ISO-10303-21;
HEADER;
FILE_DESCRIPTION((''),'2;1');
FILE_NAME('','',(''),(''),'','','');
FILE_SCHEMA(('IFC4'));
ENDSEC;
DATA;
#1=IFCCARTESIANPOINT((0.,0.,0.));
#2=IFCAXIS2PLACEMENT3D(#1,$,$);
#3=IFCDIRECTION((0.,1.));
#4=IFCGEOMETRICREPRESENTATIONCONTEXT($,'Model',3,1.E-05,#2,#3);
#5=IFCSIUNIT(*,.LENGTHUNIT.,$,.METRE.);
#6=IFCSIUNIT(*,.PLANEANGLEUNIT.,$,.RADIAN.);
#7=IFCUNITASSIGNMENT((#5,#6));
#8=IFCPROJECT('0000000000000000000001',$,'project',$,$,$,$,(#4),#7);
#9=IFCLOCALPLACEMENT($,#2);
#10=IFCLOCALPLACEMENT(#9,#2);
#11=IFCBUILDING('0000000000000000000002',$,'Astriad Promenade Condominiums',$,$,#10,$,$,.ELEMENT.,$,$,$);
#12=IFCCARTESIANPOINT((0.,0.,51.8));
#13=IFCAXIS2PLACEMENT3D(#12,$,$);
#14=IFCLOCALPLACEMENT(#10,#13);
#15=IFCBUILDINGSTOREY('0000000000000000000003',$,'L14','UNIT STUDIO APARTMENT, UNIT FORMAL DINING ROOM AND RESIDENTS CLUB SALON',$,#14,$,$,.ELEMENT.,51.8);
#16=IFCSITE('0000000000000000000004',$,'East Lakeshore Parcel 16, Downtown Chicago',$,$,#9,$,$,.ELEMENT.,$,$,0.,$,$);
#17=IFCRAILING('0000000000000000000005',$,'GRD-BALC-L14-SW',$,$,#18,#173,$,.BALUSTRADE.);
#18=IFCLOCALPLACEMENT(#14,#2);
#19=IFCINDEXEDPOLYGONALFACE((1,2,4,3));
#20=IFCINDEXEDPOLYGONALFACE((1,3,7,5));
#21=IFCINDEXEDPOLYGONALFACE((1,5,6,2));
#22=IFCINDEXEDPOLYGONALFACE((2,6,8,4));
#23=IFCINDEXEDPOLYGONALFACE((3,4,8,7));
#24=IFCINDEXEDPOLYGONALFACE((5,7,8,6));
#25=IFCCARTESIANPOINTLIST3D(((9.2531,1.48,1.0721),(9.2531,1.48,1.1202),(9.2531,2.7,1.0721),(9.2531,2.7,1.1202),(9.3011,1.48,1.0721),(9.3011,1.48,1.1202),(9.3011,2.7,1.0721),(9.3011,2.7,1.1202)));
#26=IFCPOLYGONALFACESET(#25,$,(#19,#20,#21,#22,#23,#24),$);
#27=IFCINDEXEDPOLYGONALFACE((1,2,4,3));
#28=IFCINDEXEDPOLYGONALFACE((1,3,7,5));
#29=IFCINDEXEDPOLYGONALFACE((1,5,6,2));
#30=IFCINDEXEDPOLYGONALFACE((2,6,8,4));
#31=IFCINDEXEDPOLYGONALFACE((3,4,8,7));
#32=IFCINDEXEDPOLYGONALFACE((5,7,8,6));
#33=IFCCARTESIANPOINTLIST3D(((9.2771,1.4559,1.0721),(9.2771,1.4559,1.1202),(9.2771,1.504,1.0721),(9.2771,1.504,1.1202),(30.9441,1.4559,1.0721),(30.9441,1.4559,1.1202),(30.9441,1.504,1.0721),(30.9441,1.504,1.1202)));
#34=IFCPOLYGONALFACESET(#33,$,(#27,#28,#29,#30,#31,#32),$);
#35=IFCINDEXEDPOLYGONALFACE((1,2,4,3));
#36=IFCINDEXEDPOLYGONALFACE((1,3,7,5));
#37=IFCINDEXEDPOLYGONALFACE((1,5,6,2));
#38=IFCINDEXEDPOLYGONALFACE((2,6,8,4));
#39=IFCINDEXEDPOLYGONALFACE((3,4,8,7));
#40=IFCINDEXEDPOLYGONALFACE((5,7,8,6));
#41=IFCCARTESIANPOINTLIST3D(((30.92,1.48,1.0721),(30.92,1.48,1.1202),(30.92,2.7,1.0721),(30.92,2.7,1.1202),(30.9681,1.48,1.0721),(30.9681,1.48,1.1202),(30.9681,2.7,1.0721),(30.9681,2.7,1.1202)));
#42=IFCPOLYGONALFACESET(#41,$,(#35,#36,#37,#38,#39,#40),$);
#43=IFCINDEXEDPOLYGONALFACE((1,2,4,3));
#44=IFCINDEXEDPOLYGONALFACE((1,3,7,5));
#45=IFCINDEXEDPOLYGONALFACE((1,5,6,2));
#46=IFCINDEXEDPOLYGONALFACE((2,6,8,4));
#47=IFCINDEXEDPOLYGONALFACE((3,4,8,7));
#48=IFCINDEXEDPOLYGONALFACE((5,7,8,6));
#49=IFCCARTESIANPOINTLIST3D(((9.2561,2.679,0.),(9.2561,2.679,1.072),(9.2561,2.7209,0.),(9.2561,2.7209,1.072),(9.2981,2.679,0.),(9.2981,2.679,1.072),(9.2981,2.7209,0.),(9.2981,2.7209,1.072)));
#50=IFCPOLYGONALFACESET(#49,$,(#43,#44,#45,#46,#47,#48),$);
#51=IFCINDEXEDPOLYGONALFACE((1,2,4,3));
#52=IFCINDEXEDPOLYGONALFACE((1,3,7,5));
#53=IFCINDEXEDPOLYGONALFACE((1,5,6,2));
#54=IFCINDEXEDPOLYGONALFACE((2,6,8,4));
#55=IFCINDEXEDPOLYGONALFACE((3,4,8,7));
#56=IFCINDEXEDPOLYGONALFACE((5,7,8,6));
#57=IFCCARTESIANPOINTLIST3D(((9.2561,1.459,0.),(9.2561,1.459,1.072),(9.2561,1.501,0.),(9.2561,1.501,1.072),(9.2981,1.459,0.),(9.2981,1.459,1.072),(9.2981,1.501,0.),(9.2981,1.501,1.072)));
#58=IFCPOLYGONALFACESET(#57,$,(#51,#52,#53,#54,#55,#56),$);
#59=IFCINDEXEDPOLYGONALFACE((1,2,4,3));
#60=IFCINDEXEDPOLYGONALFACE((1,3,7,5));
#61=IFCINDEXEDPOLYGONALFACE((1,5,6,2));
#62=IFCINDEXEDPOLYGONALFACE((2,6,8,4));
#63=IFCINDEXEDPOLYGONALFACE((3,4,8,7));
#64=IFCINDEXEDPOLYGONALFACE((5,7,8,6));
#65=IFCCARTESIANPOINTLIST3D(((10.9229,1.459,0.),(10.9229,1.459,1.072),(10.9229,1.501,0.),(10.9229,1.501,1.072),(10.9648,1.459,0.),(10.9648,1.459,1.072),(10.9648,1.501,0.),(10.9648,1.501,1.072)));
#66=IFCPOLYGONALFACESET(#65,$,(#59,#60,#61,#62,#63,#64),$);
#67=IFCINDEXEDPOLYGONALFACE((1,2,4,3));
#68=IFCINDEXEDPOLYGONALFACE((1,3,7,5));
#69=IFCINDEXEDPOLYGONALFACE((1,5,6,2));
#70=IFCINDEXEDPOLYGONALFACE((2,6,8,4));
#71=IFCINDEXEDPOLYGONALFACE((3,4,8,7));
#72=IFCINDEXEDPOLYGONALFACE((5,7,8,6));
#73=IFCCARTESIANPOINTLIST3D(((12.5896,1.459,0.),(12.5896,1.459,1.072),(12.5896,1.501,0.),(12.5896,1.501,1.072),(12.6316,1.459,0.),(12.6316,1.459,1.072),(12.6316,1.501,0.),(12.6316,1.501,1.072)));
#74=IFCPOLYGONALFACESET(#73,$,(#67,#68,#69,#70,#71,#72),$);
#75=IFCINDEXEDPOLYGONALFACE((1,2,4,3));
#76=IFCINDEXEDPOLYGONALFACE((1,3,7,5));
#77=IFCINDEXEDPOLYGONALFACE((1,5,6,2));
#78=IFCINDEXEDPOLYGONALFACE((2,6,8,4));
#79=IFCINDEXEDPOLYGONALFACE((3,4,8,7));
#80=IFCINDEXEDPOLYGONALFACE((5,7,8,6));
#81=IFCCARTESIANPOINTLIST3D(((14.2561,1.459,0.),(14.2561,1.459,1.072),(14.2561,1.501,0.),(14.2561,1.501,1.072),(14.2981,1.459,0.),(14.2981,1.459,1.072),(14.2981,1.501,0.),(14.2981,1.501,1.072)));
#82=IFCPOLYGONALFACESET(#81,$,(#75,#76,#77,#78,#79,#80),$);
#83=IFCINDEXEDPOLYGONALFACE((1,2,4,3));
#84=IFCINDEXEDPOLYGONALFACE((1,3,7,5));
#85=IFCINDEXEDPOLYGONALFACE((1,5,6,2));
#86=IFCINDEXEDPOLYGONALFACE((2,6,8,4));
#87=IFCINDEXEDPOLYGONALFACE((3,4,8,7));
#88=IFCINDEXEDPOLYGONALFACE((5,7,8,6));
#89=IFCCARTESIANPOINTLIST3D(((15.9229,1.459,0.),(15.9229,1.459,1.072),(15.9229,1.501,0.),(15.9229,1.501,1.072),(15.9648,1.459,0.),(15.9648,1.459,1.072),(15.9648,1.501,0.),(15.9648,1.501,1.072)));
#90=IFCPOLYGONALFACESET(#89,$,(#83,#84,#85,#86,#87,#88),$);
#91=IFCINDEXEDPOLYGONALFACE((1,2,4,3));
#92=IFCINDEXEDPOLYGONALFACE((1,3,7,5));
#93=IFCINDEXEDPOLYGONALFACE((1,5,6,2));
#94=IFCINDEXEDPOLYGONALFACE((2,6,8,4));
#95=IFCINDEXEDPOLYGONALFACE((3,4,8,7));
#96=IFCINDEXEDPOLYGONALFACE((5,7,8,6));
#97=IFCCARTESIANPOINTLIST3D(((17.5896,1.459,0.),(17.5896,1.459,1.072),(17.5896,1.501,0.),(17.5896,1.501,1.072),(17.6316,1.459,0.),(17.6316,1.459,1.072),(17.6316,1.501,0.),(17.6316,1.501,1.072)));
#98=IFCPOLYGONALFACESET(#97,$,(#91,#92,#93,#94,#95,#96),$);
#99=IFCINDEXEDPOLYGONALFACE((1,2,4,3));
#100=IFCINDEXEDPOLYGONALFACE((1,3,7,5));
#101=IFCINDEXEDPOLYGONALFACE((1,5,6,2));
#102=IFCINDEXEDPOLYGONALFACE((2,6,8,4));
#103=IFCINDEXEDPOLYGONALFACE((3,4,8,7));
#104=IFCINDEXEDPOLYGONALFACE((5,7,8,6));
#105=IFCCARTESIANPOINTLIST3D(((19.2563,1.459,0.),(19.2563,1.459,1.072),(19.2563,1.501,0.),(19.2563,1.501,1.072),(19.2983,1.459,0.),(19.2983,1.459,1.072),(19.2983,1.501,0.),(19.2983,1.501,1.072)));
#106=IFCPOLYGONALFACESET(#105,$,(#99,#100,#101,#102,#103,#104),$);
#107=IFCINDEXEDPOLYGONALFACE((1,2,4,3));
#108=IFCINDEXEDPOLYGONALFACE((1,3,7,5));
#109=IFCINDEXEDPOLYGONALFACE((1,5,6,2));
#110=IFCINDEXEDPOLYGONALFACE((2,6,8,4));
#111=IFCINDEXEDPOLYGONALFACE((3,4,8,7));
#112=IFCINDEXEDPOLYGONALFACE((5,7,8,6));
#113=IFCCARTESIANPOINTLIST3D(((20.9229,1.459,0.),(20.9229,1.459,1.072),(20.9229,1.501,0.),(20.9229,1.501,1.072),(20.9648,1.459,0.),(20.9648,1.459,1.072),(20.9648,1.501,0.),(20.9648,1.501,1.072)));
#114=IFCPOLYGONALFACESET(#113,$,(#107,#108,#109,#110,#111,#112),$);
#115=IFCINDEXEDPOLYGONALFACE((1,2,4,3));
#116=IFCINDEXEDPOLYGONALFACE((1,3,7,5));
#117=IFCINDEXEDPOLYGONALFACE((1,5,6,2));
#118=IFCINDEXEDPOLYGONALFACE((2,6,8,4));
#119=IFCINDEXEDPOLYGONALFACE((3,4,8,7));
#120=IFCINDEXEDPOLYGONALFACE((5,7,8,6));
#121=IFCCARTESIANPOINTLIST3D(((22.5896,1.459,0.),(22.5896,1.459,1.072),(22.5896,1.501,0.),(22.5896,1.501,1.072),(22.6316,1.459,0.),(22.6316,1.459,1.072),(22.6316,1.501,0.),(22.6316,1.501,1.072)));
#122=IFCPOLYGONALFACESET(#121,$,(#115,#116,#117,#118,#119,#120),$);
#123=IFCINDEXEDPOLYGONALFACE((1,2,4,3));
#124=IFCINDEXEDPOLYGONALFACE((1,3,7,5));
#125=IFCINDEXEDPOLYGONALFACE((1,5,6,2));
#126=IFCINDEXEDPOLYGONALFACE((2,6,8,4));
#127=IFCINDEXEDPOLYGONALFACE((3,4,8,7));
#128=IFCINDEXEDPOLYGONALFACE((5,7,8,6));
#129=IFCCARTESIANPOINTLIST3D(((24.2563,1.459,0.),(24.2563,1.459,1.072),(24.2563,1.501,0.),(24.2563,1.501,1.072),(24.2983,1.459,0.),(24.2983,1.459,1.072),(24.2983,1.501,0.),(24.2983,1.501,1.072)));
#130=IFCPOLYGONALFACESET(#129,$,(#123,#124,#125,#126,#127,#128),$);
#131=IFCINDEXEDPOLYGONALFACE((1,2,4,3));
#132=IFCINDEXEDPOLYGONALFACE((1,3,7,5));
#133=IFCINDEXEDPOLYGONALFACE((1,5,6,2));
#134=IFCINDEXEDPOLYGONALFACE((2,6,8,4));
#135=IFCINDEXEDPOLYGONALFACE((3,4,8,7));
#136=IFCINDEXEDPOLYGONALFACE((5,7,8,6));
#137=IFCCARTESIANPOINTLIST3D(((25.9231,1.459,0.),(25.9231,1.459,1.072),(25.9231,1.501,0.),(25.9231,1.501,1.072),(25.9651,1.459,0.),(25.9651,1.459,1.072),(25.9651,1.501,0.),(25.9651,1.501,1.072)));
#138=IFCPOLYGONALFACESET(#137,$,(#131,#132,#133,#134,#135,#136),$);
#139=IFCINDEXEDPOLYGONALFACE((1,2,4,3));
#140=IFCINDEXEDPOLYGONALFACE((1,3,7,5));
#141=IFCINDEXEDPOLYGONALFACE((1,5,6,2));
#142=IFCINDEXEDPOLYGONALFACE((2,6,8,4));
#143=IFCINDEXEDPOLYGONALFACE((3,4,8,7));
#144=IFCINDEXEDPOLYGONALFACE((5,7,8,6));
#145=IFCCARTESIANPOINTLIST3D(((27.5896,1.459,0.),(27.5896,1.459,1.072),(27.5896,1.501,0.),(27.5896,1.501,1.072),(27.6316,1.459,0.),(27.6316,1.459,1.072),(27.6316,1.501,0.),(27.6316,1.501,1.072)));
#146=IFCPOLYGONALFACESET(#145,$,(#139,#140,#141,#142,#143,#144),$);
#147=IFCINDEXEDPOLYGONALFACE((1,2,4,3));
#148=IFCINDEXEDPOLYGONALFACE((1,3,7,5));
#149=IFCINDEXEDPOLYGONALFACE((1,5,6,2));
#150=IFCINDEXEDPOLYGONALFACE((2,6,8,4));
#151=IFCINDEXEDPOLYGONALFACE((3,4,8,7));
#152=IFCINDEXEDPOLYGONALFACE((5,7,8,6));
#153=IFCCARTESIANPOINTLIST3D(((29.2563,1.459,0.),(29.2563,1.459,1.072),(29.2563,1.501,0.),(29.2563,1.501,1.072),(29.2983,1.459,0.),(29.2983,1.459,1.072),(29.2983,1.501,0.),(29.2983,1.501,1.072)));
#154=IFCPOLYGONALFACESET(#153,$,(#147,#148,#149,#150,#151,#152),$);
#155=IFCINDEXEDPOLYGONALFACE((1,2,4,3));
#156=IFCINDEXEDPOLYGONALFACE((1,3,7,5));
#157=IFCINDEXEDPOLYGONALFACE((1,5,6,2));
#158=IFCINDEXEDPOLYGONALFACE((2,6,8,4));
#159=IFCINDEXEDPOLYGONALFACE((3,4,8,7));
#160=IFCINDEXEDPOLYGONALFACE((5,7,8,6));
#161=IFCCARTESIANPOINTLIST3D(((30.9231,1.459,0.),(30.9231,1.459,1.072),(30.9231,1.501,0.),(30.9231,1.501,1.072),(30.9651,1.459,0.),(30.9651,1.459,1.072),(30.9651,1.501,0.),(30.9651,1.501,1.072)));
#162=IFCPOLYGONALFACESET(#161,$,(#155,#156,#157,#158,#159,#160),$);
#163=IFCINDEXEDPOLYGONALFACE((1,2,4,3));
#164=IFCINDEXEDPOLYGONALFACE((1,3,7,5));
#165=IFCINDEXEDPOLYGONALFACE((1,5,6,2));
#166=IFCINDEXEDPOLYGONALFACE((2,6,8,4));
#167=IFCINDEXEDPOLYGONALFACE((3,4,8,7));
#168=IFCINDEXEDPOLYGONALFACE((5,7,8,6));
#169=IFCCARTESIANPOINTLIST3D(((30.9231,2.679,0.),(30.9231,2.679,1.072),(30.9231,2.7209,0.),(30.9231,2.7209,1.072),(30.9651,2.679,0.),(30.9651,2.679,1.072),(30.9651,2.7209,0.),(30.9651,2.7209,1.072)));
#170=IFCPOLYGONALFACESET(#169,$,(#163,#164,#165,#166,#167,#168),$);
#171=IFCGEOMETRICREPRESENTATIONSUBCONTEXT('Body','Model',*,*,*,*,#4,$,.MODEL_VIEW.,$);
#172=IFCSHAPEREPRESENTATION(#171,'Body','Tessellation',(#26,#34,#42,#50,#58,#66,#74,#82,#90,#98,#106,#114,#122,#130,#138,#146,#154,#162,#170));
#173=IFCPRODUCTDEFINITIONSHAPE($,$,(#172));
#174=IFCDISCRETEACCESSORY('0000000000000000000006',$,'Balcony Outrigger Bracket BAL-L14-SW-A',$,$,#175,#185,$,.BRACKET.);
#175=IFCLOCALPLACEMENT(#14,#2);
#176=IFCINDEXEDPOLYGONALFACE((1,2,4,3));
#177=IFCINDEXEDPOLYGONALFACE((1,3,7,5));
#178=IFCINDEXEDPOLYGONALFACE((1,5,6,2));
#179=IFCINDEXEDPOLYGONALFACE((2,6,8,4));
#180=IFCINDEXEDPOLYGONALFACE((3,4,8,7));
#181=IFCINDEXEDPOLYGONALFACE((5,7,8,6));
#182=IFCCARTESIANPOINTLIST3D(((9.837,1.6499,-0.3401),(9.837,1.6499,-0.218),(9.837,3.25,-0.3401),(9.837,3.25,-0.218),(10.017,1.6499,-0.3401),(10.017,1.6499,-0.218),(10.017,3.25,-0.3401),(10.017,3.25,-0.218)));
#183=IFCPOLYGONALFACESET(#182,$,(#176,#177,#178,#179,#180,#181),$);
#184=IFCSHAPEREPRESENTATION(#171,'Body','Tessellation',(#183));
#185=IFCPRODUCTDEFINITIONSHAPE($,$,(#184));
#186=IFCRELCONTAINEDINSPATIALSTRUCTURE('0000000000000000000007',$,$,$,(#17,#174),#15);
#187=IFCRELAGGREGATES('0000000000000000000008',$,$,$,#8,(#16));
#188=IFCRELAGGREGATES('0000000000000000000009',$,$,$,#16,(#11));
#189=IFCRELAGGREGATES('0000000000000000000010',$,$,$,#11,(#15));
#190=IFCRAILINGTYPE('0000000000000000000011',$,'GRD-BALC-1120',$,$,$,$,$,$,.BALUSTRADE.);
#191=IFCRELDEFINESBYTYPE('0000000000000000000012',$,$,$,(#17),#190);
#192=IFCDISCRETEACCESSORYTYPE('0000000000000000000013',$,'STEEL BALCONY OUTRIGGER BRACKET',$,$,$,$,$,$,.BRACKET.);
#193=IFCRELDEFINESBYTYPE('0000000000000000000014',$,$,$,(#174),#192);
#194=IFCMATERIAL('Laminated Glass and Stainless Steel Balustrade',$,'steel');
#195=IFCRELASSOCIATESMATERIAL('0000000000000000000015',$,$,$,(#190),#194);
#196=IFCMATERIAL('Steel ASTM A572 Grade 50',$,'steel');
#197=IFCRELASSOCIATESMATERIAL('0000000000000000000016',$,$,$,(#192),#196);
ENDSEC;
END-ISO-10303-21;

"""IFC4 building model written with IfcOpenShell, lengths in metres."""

from ifc_helpers import new_model, si_unit, direction, frame, origin, origin_2d, place, context, subcontext, project, spatial, rectangle, extrude, source, transform, mapped, material, type_object, type_shapes, element, save


model = new_model("IFC4")

# Units and contexts
model_context = context("Model", 3, precision=1e-05, world=origin(), true_north=direction((0.0, 1.0)))
body_context = subcontext(model_context, "Body", "Model", "MODEL_VIEW")
ifc_project = project(units=[si_unit("LENGTHUNIT", "METRE"), si_unit("PLANEANGLEUNIT", "RADIAN")], contexts=[model_context])

# Site, building, storey
site_placement = place(None, origin())
site = spatial("IfcSite", under=ifc_project, at=site_placement, Name="East Lakeshore Parcel 16, Downtown Chicago", CompositionType="ELEMENT", RefElevation=0.0)
building_placement = place(site_placement, origin())
building = spatial("IfcBuilding", under=site, at=building_placement, Name="Astriad Promenade Condominiums", CompositionType="ELEMENT")
storey_placement = place(building_placement, frame((0.0, 0.0, 51.8)))
storey = spatial("IfcBuildingStorey", under=building, at=storey_placement, Name="L14", Description="UNIT STUDIO APARTMENT, UNIT FORMAL DINING ROOM AND RESIDENTS CLUB SALON", CompositionType="ELEMENT", Elevation=51.8)

# Railing
ifc_material_1 = material(Name="Laminated Glass and Stainless Steel Balustrade", Category="steel")
railing_type = type_object("IfcRailingType", Name="GRD-BALC-1120", PredefinedType="BALUSTRADE", material=ifc_material_1)
shared_shape_1 = source(origin(), body_context, "Body", "SweptSolid", [
    extrude(rectangle(XDim=0.0481, YDim=0.0481, at=origin_2d()), frame((0.0, 0.0, 1.0962), z_axis=(0.0, -1.0, 0.0), x_axis=(1.0, 0.0, 0.0)), (0.0, 0.0, 1.0), 1.22),
    extrude(rectangle(XDim=0.0481, YDim=0.0481, at=origin_2d()), frame((0.0, -1.22, 1.0962), z_axis=(1.0, 0.0, 0.0), x_axis=(0.0, 1.0, 0.0)), (0.0, 0.0, 1.0), 21.667),
    extrude(rectangle(XDim=0.0481, YDim=0.0481, at=origin_2d()), frame((21.667, -1.22, 1.0962), z_axis=(0.0, 1.0, 0.0), x_axis=(-1.0, 0.0, 0.0)), (0.0, 0.0, 1.0), 1.22),
    extrude(rectangle(XDim=0.042, YDim=0.042, at=origin_2d()), origin(), (0.0, 0.0, 1.0), 1.072),
    extrude(rectangle(XDim=0.042, YDim=0.042, at=origin_2d()), frame((0.0, -1.22, 0.0)), (0.0, 0.0, 1.0), 1.072),
    extrude(rectangle(XDim=0.042, YDim=0.042, at=origin_2d()), frame((1.6667, -1.22, 0.0)), (0.0, 0.0, 1.0), 1.072),
    extrude(rectangle(XDim=0.042, YDim=0.042, at=origin_2d()), frame((3.3335, -1.22, 0.0)), (0.0, 0.0, 1.0), 1.072),
    extrude(rectangle(XDim=0.042, YDim=0.042, at=origin_2d()), frame((5.0, -1.22, 0.0)), (0.0, 0.0, 1.0), 1.072),
    extrude(rectangle(XDim=0.042, YDim=0.042, at=origin_2d()), frame((6.6667, -1.22, 0.0)), (0.0, 0.0, 1.0), 1.072),
    extrude(rectangle(XDim=0.042, YDim=0.042, at=origin_2d()), frame((8.3335, -1.22, 0.0)), (0.0, 0.0, 1.0), 1.072),
    extrude(rectangle(XDim=0.042, YDim=0.042, at=origin_2d()), frame((10.0002, -1.22, 0.0)), (0.0, 0.0, 1.0), 1.072),
    extrude(rectangle(XDim=0.042, YDim=0.042, at=origin_2d()), frame((11.6667, -1.22, 0.0)), (0.0, 0.0, 1.0), 1.072),
    extrude(rectangle(XDim=0.042, YDim=0.042, at=origin_2d()), frame((13.3335, -1.22, 0.0)), (0.0, 0.0, 1.0), 1.072),
    extrude(rectangle(XDim=0.042, YDim=0.042, at=origin_2d()), frame((15.0002, -1.22, 0.0)), (0.0, 0.0, 1.0), 1.072),
    extrude(rectangle(XDim=0.042, YDim=0.042, at=origin_2d()), frame((16.667, -1.22, 0.0)), (0.0, 0.0, 1.0), 1.072),
    extrude(rectangle(XDim=0.042, YDim=0.042, at=origin_2d()), frame((18.3335, -1.22, 0.0)), (0.0, 0.0, 1.0), 1.072),
    extrude(rectangle(XDim=0.042, YDim=0.042, at=origin_2d()), frame((20.0002, -1.22, 0.0)), (0.0, 0.0, 1.0), 1.072),
    extrude(rectangle(XDim=0.042, YDim=0.042, at=origin_2d()), frame((21.667, -1.22, 0.0)), (0.0, 0.0, 1.0), 1.072),
    extrude(rectangle(XDim=0.042, YDim=0.042, at=origin_2d()), frame((21.667, 0.0, 0.0)), (0.0, 0.0, 1.0), 1.072),
])
type_shapes(railing_type, [shared_shape_1])
railing_placement = place(storey_placement, frame((9.2771, 2.7, 0.0)))
element("IfcRailing", 1, at=railing_placement, inside=storey, type_object=railing_type, Name="GRD-BALC-L14-SW", PredefinedType="BALUSTRADE", context=body_context, shape_type="MappedRepresentation", body=[
    mapped(shared_shape_1, transform((0.0, 0.0, 0.0), scale=1.0)),
])

# Discrete accessory
ifc_material_2 = material(Name="Steel ASTM A572 Grade 50", Category="steel")
discrete_accessory_type = type_object("IfcDiscreteAccessoryType", Name="STEEL BALCONY OUTRIGGER BRACKET", PredefinedType="BRACKET", material=ifc_material_2)
shared_shape_2 = source(origin(), body_context, "Body", "SweptSolid", [
    extrude(rectangle(XDim=1.6001, YDim=0.1799, at=origin_2d()), origin(), (0.0, 0.0, 1.0), 0.1221),
])
type_shapes(discrete_accessory_type, [shared_shape_2])
discrete_accessory_placement = place(storey_placement, frame((9.927, 2.45, -0.3401), z_axis=(0.0, 0.0, 1.0), x_axis=(0.0, -1.0, 0.0)))
element("IfcDiscreteAccessory", 2, at=discrete_accessory_placement, inside=storey, type_object=discrete_accessory_type, Name="Balcony Outrigger Bracket BAL-L14-SW-A", PredefinedType="BRACKET", context=body_context, shape_type="MappedRepresentation", body=[
    mapped(shared_shape_2, transform((0.0, 0.0, 0.0), scale=1.0)),
])

save(model, "model.ifc")
